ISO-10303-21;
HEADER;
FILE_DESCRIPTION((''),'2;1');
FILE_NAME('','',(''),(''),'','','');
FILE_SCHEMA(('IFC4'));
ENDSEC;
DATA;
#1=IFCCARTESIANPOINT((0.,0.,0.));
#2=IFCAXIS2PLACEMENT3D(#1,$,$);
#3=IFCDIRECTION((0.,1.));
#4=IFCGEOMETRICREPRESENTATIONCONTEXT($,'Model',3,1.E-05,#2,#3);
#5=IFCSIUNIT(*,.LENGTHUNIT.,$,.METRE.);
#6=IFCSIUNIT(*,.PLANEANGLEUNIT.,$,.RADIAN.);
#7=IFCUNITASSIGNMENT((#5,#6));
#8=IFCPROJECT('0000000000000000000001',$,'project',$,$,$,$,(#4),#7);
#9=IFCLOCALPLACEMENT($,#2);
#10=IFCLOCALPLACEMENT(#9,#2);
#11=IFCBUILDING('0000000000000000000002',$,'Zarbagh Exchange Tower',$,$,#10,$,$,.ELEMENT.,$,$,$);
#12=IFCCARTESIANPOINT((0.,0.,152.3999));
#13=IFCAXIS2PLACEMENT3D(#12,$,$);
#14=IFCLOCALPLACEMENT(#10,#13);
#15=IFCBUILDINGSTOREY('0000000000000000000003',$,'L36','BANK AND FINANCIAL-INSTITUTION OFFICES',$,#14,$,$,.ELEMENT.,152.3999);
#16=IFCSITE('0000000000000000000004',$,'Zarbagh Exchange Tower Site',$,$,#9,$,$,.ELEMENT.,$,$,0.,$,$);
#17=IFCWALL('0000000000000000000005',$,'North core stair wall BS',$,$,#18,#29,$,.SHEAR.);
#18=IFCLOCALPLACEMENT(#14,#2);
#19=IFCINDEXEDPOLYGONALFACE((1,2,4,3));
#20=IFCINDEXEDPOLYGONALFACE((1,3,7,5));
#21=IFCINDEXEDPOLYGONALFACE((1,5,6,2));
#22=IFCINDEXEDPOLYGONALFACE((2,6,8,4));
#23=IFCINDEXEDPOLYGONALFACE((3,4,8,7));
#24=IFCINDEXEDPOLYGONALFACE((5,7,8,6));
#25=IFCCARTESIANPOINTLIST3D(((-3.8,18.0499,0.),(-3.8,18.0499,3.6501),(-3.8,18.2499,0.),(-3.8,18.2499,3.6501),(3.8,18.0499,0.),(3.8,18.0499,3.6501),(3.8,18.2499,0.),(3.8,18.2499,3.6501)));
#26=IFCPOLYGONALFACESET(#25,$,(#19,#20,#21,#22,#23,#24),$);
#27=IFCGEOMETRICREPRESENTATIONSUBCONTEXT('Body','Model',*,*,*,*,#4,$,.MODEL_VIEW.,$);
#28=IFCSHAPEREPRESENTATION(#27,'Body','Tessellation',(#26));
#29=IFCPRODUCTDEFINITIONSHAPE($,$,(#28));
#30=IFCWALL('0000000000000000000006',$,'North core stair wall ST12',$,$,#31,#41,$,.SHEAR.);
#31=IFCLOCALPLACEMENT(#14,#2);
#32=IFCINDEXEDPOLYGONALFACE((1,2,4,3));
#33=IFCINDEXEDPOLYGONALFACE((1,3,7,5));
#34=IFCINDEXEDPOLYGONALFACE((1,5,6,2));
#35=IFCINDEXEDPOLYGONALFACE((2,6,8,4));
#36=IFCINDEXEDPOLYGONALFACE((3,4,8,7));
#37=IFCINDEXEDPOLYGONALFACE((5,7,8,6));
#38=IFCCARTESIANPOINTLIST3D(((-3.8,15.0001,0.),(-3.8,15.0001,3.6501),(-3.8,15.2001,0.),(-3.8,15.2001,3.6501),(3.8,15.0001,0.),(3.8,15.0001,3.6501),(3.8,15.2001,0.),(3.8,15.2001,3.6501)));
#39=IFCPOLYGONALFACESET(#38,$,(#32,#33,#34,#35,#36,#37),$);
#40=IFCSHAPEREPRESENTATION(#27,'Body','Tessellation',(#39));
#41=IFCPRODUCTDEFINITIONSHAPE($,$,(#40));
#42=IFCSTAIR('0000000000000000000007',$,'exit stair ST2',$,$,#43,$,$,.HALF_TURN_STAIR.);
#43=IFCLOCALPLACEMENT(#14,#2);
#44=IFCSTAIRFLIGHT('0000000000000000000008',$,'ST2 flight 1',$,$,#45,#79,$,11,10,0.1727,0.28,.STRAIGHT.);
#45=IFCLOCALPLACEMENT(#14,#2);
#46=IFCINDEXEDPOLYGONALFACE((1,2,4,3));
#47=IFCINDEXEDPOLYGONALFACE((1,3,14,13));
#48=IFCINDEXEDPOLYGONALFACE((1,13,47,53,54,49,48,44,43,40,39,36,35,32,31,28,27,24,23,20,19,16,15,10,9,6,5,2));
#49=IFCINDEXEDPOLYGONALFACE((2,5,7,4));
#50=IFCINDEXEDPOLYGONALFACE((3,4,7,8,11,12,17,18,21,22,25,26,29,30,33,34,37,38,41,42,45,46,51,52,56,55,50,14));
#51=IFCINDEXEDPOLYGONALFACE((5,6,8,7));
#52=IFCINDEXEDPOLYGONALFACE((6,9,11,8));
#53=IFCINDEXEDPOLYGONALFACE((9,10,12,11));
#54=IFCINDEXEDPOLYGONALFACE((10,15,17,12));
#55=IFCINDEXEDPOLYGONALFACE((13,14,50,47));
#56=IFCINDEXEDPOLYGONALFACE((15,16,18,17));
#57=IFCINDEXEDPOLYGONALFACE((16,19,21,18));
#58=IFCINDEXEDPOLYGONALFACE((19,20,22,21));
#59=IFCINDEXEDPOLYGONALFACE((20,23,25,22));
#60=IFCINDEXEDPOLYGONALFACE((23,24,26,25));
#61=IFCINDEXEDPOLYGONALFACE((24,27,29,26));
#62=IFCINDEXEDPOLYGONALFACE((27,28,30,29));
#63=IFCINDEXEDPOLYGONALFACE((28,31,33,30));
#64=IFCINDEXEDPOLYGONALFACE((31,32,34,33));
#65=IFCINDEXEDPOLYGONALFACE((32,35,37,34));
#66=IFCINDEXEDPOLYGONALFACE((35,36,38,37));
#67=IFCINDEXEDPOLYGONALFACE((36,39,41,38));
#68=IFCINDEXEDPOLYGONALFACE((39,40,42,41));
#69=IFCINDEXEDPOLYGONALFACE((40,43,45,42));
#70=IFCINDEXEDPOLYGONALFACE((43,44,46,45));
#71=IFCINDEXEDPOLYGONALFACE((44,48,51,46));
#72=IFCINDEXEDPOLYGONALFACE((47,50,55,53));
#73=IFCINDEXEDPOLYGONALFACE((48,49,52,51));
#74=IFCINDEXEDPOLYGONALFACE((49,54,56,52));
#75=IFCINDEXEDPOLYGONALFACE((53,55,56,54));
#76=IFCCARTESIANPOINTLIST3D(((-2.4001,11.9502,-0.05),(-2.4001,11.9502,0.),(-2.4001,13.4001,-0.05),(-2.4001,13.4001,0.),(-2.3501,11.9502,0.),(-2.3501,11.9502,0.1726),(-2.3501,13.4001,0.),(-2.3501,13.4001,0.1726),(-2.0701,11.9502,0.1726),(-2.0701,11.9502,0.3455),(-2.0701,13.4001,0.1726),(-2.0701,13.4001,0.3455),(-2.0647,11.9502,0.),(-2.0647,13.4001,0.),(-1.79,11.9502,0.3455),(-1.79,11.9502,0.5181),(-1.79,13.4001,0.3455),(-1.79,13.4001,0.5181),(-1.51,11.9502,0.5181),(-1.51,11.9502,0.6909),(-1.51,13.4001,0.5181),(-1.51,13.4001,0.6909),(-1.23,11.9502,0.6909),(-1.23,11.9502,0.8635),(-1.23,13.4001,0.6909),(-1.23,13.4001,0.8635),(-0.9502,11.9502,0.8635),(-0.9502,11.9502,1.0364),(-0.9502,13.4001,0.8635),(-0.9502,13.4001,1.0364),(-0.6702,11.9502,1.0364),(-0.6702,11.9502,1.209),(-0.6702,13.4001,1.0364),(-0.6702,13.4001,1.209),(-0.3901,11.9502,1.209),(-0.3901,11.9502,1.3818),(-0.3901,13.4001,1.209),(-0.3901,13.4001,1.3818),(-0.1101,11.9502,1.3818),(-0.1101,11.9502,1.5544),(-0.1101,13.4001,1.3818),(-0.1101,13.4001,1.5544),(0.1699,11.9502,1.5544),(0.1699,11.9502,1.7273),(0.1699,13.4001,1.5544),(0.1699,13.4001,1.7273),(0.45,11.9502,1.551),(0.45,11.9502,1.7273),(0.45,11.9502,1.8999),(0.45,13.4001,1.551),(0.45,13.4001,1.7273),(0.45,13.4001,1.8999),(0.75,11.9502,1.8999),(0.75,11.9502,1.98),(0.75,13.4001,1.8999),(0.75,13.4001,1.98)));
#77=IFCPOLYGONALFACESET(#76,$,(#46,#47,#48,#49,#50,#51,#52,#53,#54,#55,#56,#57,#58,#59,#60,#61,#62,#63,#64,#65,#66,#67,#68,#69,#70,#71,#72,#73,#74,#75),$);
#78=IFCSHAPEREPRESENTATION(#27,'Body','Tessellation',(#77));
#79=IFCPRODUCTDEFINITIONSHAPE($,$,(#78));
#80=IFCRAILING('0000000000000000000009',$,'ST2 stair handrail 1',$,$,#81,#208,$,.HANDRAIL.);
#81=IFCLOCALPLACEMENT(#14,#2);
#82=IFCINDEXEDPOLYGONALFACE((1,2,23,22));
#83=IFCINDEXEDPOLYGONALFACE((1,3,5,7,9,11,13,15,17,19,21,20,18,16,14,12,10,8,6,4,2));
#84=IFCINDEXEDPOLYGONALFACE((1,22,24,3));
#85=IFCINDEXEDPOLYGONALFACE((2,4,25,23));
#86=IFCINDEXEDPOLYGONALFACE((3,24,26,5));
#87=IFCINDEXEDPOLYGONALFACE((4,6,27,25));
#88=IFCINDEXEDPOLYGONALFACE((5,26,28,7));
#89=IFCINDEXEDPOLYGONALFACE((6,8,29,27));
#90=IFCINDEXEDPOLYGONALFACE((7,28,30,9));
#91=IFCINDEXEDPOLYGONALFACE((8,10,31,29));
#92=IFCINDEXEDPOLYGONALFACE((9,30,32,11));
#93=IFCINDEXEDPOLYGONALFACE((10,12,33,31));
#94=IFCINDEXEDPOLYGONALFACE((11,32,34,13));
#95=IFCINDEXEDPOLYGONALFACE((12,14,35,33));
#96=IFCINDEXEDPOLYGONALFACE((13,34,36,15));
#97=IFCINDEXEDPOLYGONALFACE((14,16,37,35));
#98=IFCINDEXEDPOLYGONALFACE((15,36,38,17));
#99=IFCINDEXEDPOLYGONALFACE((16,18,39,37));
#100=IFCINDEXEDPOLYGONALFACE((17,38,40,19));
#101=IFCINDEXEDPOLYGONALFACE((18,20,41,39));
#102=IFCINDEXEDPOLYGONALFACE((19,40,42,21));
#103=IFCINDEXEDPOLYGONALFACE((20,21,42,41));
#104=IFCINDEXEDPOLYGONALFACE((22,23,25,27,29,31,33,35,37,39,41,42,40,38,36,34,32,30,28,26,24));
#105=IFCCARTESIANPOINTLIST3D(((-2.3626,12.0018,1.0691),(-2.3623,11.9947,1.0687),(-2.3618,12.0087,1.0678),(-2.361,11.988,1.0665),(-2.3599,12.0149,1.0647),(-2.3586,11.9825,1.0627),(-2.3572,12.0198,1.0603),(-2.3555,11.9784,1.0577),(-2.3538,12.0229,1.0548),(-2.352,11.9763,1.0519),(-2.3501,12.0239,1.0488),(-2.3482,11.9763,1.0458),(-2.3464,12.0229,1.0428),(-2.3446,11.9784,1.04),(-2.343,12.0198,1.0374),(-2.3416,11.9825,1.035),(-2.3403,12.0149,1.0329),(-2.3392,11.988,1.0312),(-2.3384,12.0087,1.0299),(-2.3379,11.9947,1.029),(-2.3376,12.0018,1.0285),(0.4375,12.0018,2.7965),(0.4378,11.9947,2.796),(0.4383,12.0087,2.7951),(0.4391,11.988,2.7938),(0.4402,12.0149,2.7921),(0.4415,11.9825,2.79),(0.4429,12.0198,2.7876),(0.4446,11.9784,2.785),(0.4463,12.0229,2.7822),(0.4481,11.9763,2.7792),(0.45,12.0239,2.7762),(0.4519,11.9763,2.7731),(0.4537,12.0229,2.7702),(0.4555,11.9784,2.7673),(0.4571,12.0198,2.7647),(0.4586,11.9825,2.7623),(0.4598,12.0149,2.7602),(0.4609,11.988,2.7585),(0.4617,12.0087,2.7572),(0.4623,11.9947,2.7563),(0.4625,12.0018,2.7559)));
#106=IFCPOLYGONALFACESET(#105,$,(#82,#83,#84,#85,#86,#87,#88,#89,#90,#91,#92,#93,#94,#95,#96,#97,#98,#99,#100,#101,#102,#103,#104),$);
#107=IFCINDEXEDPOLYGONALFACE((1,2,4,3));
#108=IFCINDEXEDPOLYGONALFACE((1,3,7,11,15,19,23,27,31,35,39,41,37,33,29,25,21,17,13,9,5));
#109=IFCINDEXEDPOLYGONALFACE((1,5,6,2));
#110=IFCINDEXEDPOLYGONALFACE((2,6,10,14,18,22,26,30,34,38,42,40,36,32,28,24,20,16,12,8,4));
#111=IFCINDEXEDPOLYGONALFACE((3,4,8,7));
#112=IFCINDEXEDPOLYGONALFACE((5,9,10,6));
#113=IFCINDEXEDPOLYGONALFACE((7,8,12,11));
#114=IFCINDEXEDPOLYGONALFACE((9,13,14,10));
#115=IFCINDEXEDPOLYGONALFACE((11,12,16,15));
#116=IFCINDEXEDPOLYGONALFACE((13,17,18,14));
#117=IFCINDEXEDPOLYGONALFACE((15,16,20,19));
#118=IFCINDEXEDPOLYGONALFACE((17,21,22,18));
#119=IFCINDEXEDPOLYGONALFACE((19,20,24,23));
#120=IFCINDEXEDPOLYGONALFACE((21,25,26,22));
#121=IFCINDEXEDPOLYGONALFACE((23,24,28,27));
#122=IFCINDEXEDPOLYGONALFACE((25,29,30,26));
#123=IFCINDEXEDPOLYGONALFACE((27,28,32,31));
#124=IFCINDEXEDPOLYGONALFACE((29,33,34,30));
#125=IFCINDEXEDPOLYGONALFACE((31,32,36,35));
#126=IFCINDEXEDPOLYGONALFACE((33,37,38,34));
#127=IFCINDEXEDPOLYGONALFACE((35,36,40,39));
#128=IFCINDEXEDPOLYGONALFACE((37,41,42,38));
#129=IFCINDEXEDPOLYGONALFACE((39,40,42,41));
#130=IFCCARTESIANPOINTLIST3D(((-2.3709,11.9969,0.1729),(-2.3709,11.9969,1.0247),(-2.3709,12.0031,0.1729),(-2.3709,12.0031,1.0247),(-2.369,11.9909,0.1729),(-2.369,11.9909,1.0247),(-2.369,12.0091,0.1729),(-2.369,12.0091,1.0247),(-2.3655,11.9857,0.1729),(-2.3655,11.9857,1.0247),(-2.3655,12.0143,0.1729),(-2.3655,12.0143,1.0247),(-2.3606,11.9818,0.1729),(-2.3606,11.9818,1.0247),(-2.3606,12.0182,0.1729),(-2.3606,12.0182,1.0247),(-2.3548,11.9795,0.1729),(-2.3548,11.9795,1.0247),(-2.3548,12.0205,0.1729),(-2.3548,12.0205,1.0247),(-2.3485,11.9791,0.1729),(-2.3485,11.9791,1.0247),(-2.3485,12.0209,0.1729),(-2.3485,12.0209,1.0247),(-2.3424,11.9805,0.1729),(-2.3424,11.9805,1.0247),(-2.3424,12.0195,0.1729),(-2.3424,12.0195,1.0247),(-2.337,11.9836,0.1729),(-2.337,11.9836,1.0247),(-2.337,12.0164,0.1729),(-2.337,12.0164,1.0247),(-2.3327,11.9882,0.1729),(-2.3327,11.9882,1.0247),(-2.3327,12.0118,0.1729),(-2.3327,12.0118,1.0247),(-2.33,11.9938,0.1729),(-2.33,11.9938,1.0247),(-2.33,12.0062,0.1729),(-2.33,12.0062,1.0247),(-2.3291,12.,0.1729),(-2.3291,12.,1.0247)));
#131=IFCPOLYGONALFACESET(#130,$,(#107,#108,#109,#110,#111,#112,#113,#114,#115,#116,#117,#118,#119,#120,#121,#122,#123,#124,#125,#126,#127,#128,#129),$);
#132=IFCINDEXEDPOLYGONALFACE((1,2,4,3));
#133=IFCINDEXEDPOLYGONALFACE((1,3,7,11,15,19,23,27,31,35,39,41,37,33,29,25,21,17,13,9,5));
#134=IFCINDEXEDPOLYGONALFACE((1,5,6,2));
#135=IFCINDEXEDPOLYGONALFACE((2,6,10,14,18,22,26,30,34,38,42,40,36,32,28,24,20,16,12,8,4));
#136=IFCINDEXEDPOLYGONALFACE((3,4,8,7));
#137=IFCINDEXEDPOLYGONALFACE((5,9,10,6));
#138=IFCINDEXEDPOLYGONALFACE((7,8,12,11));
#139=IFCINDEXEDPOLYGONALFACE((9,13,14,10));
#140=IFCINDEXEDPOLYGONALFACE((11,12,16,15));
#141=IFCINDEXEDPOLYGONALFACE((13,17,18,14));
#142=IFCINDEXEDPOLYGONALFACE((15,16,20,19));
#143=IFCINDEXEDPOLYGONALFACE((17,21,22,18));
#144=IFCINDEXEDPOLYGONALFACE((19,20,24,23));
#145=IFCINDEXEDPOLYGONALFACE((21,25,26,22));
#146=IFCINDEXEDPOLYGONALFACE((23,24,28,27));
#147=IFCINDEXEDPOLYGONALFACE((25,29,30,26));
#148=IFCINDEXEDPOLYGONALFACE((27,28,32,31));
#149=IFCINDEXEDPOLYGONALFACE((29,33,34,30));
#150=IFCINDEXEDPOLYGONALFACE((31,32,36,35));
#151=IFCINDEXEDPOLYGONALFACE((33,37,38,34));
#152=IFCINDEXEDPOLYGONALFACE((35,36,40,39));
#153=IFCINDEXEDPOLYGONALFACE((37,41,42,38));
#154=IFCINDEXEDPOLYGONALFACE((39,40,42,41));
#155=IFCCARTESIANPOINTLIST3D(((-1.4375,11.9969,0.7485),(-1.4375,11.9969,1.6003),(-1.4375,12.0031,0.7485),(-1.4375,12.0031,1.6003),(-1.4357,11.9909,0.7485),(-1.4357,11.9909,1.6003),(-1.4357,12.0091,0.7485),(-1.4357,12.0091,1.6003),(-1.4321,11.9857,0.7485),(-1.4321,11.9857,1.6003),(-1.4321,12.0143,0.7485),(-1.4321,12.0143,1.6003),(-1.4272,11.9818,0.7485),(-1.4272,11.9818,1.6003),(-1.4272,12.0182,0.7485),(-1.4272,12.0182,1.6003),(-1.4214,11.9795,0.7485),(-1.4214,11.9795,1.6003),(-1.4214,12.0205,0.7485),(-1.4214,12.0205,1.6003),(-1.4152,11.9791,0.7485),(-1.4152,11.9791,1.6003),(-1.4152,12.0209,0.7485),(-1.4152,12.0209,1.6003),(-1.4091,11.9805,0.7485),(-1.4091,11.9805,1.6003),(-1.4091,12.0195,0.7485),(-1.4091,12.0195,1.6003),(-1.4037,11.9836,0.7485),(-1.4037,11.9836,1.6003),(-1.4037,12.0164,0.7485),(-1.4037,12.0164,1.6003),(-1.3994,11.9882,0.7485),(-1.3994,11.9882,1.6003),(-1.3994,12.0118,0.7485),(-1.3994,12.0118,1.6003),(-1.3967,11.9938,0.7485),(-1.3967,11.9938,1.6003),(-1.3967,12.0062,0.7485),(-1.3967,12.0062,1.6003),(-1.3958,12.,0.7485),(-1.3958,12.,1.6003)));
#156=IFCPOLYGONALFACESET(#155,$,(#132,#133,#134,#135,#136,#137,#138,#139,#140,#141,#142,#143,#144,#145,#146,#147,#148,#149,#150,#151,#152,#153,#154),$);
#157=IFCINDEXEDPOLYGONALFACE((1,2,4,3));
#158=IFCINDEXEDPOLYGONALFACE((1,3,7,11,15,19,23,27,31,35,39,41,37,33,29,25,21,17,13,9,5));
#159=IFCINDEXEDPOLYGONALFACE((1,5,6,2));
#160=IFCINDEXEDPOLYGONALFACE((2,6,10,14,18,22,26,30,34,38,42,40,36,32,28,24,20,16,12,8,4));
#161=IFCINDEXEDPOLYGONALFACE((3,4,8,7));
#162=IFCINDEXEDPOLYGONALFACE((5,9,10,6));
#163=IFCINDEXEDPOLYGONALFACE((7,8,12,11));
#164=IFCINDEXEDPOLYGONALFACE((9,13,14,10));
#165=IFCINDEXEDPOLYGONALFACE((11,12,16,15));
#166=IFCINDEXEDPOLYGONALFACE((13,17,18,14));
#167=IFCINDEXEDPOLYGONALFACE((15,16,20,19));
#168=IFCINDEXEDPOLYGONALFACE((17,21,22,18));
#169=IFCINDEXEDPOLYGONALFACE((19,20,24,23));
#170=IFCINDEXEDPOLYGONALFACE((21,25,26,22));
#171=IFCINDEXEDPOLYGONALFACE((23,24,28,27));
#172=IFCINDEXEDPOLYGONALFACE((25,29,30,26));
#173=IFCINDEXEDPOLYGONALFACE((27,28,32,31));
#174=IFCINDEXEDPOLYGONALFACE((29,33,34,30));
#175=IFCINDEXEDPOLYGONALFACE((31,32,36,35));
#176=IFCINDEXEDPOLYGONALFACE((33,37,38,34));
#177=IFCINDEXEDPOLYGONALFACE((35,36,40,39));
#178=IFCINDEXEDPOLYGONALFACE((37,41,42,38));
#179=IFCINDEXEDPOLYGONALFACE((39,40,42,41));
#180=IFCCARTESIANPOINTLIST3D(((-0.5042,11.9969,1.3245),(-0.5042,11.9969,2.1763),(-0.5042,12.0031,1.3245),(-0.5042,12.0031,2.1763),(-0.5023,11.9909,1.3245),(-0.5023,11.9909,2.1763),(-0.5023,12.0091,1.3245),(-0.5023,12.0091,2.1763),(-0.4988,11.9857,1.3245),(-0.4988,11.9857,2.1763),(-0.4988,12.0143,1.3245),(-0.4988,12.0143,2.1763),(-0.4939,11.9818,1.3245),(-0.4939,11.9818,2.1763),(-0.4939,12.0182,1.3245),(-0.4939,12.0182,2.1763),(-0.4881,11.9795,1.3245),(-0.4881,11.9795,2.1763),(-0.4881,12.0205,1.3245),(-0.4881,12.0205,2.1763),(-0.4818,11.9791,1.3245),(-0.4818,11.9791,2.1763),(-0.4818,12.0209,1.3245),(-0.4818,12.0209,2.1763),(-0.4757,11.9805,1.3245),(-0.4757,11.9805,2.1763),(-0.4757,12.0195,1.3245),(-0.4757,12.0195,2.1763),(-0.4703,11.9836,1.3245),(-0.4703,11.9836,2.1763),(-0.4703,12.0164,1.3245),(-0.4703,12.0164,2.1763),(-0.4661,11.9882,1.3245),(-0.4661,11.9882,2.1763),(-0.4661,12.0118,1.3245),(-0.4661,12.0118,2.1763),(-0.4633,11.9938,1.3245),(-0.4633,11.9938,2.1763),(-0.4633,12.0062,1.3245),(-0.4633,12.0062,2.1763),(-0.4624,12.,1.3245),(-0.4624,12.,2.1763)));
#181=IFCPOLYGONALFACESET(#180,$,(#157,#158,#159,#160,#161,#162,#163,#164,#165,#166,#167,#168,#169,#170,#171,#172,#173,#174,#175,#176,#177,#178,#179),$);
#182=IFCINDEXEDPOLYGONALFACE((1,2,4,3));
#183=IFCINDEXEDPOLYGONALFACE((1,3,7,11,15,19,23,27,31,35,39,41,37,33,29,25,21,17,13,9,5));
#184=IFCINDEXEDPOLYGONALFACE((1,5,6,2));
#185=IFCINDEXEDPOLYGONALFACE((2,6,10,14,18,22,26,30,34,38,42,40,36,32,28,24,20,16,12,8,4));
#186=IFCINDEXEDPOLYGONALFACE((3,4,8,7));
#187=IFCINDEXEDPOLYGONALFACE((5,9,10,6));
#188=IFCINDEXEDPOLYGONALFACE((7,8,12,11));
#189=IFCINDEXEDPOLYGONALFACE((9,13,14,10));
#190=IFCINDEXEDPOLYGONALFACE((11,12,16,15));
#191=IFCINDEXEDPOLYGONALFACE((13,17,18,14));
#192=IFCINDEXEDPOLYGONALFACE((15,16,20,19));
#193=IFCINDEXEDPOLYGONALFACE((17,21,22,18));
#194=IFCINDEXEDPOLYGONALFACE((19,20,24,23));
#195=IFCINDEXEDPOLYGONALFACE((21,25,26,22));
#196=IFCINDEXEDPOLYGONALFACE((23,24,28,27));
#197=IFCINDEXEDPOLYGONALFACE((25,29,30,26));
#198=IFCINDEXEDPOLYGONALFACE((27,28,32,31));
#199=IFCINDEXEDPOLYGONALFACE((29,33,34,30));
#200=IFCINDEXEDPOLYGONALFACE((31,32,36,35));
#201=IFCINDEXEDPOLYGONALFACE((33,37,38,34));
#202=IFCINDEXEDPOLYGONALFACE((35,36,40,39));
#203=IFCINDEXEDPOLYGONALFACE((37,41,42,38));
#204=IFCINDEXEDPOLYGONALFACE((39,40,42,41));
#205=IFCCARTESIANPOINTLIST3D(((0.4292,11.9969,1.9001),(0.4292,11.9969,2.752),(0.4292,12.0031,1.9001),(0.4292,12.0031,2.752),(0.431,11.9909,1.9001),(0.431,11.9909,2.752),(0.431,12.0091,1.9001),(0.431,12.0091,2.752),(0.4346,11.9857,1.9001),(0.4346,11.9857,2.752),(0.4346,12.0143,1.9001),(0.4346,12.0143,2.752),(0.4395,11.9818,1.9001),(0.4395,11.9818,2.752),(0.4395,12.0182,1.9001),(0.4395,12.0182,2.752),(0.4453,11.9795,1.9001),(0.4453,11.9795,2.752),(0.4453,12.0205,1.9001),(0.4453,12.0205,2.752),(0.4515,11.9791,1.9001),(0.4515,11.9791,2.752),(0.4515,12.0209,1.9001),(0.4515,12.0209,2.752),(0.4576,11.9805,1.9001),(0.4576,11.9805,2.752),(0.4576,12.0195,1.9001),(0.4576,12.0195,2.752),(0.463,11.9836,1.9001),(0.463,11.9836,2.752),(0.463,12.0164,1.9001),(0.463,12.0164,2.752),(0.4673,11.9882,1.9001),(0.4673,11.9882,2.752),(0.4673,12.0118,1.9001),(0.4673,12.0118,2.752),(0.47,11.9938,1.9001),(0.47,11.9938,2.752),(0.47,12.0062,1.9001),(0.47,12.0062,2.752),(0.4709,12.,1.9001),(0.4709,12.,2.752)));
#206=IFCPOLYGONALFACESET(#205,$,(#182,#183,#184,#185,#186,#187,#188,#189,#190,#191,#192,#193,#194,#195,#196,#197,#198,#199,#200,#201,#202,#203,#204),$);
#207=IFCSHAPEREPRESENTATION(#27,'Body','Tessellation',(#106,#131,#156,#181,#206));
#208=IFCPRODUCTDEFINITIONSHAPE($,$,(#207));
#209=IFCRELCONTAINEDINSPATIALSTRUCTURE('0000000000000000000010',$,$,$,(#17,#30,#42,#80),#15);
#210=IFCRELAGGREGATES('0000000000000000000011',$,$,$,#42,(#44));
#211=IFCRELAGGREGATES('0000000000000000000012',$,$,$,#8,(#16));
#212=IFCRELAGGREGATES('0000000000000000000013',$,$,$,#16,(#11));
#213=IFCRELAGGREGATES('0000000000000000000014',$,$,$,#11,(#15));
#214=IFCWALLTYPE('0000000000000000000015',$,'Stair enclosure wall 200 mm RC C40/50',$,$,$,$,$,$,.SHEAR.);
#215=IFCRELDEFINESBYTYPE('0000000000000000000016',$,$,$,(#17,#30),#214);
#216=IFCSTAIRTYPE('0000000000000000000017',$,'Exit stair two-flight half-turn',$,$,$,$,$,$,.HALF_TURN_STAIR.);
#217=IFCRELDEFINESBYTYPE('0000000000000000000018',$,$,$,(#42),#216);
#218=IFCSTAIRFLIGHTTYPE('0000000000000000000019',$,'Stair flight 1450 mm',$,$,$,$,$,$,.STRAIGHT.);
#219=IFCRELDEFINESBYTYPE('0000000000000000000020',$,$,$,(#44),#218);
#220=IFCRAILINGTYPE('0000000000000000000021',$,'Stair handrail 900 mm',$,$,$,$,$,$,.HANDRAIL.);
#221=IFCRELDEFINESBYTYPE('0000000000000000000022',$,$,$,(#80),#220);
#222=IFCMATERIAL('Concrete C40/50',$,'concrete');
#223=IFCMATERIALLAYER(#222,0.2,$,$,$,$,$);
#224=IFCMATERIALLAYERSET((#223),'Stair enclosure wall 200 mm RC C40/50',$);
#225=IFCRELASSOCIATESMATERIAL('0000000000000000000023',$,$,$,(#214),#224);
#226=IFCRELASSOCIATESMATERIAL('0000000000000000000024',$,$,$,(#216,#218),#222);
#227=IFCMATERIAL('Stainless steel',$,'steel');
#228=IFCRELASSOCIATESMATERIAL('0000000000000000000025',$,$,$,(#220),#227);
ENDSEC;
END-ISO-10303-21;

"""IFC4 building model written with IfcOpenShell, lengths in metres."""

from ifc_helpers import new_model, si_unit, direction, frame, frame_2d, origin, origin_2d, place, context, subcontext, project, spatial, polyline, rectangle, circle, outline, extrude, material, layer, layer_set, type_object, element, aggregate, save


model = new_model("IFC4")

# Units and contexts
model_context = context("Model", 3, precision=1e-05, world=origin(), true_north=direction((0.0, 1.0)))
body_context = subcontext(model_context, "Body", "Model", "MODEL_VIEW")
ifc_project = project(units=[si_unit("LENGTHUNIT", "METRE"), si_unit("PLANEANGLEUNIT", "RADIAN")], contexts=[model_context])

# Site, building, storey
site_placement = place(None, origin())
site = spatial("IfcSite", under=ifc_project, at=site_placement, Name="Zarbagh Exchange Tower Site", CompositionType="ELEMENT", RefElevation=0.0)
building_placement = place(site_placement, origin())
building = spatial("IfcBuilding", under=site, at=building_placement, Name="Zarbagh Exchange Tower", CompositionType="ELEMENT")
storey_placement = place(building_placement, frame((0.0, 0.0, 152.3999)))
storey = spatial("IfcBuildingStorey", under=building, at=storey_placement, Name="L36", Description="BANK AND FINANCIAL-INSTITUTION OFFICES", CompositionType="ELEMENT", Elevation=152.3999)

# Walls
ifc_material_1 = material(Name="Concrete C40/50", Category="concrete")
ifc_layer_1 = layer(ifc_material_1, 0.2)
ifc_layer_set_1 = layer_set([ifc_layer_1], Name="Stair enclosure wall 200 mm RC C40/50")
wall_type_1 = type_object("IfcWallType", Name="Stair enclosure wall 200 mm RC C40/50", PredefinedType="SHEAR", material=ifc_layer_set_1)
for number, where, z_axis, x_axis, name in (
    (1, (-3.8, 18.1499, 0.0), (0.0, 0.0, 1.0), (1.0, 0.0, 0.0), "North core stair wall BS"),
    (2, (-3.8, 15.1001, 0.0), (0.0, 0.0, 1.0), (1.0, 0.0, 0.0), "North core stair wall ST12"),
):
    element("IfcWall", number, at=place(storey_placement, frame(where, z_axis=z_axis, x_axis=x_axis)), inside=storey, type_object=wall_type_1, Name=name, PredefinedType="SHEAR", context=body_context, shape_type="SweptSolid", body=[
        extrude(rectangle(XDim=7.6001, YDim=0.2, at=frame_2d((3.8, 0.0))), origin(), (0.0, 0.0, 1.0), 3.6501),
    ])

# Stair, stair flight
stair_type = type_object("IfcStairType", Name="Exit stair two-flight half-turn", PredefinedType="HALF_TURN_STAIR", material=ifc_material_1)
stair_placement = place(storey_placement, origin())
stair = element("IfcStair", 3, at=stair_placement, inside=storey, type_object=stair_type, Name="exit stair ST2", PredefinedType="HALF_TURN_STAIR")
stair_flight_type = type_object("IfcStairFlightType", Name="Stair flight 1450 mm", PredefinedType="STRAIGHT", material=ifc_material_1)
stair_flight_placement = place(storey_placement, frame((-2.3501, 12.675, 0.0), z_axis=(0.0, 0.0, 1.0), x_axis=(1.0, 0.0, 0.0)))
stair_flight = element("IfcStairFlight", 4, at=stair_flight_placement, type_object=stair_flight_type, Name="ST2 flight 1", NumberOfRisers=11, NumberOfTreads=10, PredefinedType="STRAIGHT", RiserHeight=0.1727, TreadLength=0.28, context=body_context, shape_type="SweptSolid", body=[
    extrude(outline(polyline([(-0.05, -0.05), (-0.05, 0.0), (0.0, 0.0), (0.0, 0.1726), (0.28, 0.1726), (0.28, 0.3455), (0.5601, 0.3455), (0.5601, 0.5181), (0.8401, 0.5181), (0.8401, 0.6909), (1.1201, 0.6909), (1.1201, 0.8635), (1.3999, 0.8635), (1.3999, 1.0364), (1.6799, 1.0364), (1.6799, 1.209), (1.96, 1.209), (1.96, 1.3818), (2.24, 1.3818), (2.24, 1.5544), (2.52, 1.5544), (2.52, 1.7273), (2.8, 1.7273), (2.8, 1.8999), (3.1001, 1.98), (3.1001, 1.8999), (2.8, 1.551), (0.2854, 0.0), (-0.05, -0.05)])), frame((0.0, 0.7251, 0.0), z_axis=(0.0, -1.0, 0.0), x_axis=(1.0, 0.0, 0.0)), (0.0, 0.0, 1.0), 1.45),
])
aggregate(stair, [stair_flight])

# Railing
ifc_material_2 = material(Name="Stainless steel", Category="steel")
railing_type = type_object("IfcRailingType", Name="Stair handrail 900 mm", PredefinedType="HANDRAIL", material=ifc_material_2)
railing_placement = place(storey_placement, frame((-2.3501, 12.0, 0.1729)))
element("IfcRailing", 5, at=railing_placement, inside=storey, type_object=railing_type, Name="ST2 stair handrail 1", PredefinedType="HANDRAIL", context=body_context, shape_type="SweptSolid", body=[
    extrude(circle(Radius=0.0239, at=origin_2d()), frame((0.0, 0.0, 0.876), z_axis=(0.85109, 0.0, 0.52502), x_axis=(0.0, 1.0, 0.0)), (0.0, 0.0, 1.0), 3.29),
    extrude(circle(Radius=0.021, at=origin_2d()), origin(), (0.0, 0.0, 1.0), 0.8518),
    extrude(circle(Radius=0.021, at=origin_2d()), frame((0.9333, 0.0, 0.5757)), (0.0, 0.0, 1.0), 0.8518),
    extrude(circle(Radius=0.021, at=origin_2d()), frame((1.8667, 0.0, 1.1516)), (0.0, 0.0, 1.0), 0.8518),
    extrude(circle(Radius=0.021, at=origin_2d()), frame((2.8, 0.0, 1.7273)), (0.0, 0.0, 1.0), 0.8518),
])

save(model, "model.ifc")
